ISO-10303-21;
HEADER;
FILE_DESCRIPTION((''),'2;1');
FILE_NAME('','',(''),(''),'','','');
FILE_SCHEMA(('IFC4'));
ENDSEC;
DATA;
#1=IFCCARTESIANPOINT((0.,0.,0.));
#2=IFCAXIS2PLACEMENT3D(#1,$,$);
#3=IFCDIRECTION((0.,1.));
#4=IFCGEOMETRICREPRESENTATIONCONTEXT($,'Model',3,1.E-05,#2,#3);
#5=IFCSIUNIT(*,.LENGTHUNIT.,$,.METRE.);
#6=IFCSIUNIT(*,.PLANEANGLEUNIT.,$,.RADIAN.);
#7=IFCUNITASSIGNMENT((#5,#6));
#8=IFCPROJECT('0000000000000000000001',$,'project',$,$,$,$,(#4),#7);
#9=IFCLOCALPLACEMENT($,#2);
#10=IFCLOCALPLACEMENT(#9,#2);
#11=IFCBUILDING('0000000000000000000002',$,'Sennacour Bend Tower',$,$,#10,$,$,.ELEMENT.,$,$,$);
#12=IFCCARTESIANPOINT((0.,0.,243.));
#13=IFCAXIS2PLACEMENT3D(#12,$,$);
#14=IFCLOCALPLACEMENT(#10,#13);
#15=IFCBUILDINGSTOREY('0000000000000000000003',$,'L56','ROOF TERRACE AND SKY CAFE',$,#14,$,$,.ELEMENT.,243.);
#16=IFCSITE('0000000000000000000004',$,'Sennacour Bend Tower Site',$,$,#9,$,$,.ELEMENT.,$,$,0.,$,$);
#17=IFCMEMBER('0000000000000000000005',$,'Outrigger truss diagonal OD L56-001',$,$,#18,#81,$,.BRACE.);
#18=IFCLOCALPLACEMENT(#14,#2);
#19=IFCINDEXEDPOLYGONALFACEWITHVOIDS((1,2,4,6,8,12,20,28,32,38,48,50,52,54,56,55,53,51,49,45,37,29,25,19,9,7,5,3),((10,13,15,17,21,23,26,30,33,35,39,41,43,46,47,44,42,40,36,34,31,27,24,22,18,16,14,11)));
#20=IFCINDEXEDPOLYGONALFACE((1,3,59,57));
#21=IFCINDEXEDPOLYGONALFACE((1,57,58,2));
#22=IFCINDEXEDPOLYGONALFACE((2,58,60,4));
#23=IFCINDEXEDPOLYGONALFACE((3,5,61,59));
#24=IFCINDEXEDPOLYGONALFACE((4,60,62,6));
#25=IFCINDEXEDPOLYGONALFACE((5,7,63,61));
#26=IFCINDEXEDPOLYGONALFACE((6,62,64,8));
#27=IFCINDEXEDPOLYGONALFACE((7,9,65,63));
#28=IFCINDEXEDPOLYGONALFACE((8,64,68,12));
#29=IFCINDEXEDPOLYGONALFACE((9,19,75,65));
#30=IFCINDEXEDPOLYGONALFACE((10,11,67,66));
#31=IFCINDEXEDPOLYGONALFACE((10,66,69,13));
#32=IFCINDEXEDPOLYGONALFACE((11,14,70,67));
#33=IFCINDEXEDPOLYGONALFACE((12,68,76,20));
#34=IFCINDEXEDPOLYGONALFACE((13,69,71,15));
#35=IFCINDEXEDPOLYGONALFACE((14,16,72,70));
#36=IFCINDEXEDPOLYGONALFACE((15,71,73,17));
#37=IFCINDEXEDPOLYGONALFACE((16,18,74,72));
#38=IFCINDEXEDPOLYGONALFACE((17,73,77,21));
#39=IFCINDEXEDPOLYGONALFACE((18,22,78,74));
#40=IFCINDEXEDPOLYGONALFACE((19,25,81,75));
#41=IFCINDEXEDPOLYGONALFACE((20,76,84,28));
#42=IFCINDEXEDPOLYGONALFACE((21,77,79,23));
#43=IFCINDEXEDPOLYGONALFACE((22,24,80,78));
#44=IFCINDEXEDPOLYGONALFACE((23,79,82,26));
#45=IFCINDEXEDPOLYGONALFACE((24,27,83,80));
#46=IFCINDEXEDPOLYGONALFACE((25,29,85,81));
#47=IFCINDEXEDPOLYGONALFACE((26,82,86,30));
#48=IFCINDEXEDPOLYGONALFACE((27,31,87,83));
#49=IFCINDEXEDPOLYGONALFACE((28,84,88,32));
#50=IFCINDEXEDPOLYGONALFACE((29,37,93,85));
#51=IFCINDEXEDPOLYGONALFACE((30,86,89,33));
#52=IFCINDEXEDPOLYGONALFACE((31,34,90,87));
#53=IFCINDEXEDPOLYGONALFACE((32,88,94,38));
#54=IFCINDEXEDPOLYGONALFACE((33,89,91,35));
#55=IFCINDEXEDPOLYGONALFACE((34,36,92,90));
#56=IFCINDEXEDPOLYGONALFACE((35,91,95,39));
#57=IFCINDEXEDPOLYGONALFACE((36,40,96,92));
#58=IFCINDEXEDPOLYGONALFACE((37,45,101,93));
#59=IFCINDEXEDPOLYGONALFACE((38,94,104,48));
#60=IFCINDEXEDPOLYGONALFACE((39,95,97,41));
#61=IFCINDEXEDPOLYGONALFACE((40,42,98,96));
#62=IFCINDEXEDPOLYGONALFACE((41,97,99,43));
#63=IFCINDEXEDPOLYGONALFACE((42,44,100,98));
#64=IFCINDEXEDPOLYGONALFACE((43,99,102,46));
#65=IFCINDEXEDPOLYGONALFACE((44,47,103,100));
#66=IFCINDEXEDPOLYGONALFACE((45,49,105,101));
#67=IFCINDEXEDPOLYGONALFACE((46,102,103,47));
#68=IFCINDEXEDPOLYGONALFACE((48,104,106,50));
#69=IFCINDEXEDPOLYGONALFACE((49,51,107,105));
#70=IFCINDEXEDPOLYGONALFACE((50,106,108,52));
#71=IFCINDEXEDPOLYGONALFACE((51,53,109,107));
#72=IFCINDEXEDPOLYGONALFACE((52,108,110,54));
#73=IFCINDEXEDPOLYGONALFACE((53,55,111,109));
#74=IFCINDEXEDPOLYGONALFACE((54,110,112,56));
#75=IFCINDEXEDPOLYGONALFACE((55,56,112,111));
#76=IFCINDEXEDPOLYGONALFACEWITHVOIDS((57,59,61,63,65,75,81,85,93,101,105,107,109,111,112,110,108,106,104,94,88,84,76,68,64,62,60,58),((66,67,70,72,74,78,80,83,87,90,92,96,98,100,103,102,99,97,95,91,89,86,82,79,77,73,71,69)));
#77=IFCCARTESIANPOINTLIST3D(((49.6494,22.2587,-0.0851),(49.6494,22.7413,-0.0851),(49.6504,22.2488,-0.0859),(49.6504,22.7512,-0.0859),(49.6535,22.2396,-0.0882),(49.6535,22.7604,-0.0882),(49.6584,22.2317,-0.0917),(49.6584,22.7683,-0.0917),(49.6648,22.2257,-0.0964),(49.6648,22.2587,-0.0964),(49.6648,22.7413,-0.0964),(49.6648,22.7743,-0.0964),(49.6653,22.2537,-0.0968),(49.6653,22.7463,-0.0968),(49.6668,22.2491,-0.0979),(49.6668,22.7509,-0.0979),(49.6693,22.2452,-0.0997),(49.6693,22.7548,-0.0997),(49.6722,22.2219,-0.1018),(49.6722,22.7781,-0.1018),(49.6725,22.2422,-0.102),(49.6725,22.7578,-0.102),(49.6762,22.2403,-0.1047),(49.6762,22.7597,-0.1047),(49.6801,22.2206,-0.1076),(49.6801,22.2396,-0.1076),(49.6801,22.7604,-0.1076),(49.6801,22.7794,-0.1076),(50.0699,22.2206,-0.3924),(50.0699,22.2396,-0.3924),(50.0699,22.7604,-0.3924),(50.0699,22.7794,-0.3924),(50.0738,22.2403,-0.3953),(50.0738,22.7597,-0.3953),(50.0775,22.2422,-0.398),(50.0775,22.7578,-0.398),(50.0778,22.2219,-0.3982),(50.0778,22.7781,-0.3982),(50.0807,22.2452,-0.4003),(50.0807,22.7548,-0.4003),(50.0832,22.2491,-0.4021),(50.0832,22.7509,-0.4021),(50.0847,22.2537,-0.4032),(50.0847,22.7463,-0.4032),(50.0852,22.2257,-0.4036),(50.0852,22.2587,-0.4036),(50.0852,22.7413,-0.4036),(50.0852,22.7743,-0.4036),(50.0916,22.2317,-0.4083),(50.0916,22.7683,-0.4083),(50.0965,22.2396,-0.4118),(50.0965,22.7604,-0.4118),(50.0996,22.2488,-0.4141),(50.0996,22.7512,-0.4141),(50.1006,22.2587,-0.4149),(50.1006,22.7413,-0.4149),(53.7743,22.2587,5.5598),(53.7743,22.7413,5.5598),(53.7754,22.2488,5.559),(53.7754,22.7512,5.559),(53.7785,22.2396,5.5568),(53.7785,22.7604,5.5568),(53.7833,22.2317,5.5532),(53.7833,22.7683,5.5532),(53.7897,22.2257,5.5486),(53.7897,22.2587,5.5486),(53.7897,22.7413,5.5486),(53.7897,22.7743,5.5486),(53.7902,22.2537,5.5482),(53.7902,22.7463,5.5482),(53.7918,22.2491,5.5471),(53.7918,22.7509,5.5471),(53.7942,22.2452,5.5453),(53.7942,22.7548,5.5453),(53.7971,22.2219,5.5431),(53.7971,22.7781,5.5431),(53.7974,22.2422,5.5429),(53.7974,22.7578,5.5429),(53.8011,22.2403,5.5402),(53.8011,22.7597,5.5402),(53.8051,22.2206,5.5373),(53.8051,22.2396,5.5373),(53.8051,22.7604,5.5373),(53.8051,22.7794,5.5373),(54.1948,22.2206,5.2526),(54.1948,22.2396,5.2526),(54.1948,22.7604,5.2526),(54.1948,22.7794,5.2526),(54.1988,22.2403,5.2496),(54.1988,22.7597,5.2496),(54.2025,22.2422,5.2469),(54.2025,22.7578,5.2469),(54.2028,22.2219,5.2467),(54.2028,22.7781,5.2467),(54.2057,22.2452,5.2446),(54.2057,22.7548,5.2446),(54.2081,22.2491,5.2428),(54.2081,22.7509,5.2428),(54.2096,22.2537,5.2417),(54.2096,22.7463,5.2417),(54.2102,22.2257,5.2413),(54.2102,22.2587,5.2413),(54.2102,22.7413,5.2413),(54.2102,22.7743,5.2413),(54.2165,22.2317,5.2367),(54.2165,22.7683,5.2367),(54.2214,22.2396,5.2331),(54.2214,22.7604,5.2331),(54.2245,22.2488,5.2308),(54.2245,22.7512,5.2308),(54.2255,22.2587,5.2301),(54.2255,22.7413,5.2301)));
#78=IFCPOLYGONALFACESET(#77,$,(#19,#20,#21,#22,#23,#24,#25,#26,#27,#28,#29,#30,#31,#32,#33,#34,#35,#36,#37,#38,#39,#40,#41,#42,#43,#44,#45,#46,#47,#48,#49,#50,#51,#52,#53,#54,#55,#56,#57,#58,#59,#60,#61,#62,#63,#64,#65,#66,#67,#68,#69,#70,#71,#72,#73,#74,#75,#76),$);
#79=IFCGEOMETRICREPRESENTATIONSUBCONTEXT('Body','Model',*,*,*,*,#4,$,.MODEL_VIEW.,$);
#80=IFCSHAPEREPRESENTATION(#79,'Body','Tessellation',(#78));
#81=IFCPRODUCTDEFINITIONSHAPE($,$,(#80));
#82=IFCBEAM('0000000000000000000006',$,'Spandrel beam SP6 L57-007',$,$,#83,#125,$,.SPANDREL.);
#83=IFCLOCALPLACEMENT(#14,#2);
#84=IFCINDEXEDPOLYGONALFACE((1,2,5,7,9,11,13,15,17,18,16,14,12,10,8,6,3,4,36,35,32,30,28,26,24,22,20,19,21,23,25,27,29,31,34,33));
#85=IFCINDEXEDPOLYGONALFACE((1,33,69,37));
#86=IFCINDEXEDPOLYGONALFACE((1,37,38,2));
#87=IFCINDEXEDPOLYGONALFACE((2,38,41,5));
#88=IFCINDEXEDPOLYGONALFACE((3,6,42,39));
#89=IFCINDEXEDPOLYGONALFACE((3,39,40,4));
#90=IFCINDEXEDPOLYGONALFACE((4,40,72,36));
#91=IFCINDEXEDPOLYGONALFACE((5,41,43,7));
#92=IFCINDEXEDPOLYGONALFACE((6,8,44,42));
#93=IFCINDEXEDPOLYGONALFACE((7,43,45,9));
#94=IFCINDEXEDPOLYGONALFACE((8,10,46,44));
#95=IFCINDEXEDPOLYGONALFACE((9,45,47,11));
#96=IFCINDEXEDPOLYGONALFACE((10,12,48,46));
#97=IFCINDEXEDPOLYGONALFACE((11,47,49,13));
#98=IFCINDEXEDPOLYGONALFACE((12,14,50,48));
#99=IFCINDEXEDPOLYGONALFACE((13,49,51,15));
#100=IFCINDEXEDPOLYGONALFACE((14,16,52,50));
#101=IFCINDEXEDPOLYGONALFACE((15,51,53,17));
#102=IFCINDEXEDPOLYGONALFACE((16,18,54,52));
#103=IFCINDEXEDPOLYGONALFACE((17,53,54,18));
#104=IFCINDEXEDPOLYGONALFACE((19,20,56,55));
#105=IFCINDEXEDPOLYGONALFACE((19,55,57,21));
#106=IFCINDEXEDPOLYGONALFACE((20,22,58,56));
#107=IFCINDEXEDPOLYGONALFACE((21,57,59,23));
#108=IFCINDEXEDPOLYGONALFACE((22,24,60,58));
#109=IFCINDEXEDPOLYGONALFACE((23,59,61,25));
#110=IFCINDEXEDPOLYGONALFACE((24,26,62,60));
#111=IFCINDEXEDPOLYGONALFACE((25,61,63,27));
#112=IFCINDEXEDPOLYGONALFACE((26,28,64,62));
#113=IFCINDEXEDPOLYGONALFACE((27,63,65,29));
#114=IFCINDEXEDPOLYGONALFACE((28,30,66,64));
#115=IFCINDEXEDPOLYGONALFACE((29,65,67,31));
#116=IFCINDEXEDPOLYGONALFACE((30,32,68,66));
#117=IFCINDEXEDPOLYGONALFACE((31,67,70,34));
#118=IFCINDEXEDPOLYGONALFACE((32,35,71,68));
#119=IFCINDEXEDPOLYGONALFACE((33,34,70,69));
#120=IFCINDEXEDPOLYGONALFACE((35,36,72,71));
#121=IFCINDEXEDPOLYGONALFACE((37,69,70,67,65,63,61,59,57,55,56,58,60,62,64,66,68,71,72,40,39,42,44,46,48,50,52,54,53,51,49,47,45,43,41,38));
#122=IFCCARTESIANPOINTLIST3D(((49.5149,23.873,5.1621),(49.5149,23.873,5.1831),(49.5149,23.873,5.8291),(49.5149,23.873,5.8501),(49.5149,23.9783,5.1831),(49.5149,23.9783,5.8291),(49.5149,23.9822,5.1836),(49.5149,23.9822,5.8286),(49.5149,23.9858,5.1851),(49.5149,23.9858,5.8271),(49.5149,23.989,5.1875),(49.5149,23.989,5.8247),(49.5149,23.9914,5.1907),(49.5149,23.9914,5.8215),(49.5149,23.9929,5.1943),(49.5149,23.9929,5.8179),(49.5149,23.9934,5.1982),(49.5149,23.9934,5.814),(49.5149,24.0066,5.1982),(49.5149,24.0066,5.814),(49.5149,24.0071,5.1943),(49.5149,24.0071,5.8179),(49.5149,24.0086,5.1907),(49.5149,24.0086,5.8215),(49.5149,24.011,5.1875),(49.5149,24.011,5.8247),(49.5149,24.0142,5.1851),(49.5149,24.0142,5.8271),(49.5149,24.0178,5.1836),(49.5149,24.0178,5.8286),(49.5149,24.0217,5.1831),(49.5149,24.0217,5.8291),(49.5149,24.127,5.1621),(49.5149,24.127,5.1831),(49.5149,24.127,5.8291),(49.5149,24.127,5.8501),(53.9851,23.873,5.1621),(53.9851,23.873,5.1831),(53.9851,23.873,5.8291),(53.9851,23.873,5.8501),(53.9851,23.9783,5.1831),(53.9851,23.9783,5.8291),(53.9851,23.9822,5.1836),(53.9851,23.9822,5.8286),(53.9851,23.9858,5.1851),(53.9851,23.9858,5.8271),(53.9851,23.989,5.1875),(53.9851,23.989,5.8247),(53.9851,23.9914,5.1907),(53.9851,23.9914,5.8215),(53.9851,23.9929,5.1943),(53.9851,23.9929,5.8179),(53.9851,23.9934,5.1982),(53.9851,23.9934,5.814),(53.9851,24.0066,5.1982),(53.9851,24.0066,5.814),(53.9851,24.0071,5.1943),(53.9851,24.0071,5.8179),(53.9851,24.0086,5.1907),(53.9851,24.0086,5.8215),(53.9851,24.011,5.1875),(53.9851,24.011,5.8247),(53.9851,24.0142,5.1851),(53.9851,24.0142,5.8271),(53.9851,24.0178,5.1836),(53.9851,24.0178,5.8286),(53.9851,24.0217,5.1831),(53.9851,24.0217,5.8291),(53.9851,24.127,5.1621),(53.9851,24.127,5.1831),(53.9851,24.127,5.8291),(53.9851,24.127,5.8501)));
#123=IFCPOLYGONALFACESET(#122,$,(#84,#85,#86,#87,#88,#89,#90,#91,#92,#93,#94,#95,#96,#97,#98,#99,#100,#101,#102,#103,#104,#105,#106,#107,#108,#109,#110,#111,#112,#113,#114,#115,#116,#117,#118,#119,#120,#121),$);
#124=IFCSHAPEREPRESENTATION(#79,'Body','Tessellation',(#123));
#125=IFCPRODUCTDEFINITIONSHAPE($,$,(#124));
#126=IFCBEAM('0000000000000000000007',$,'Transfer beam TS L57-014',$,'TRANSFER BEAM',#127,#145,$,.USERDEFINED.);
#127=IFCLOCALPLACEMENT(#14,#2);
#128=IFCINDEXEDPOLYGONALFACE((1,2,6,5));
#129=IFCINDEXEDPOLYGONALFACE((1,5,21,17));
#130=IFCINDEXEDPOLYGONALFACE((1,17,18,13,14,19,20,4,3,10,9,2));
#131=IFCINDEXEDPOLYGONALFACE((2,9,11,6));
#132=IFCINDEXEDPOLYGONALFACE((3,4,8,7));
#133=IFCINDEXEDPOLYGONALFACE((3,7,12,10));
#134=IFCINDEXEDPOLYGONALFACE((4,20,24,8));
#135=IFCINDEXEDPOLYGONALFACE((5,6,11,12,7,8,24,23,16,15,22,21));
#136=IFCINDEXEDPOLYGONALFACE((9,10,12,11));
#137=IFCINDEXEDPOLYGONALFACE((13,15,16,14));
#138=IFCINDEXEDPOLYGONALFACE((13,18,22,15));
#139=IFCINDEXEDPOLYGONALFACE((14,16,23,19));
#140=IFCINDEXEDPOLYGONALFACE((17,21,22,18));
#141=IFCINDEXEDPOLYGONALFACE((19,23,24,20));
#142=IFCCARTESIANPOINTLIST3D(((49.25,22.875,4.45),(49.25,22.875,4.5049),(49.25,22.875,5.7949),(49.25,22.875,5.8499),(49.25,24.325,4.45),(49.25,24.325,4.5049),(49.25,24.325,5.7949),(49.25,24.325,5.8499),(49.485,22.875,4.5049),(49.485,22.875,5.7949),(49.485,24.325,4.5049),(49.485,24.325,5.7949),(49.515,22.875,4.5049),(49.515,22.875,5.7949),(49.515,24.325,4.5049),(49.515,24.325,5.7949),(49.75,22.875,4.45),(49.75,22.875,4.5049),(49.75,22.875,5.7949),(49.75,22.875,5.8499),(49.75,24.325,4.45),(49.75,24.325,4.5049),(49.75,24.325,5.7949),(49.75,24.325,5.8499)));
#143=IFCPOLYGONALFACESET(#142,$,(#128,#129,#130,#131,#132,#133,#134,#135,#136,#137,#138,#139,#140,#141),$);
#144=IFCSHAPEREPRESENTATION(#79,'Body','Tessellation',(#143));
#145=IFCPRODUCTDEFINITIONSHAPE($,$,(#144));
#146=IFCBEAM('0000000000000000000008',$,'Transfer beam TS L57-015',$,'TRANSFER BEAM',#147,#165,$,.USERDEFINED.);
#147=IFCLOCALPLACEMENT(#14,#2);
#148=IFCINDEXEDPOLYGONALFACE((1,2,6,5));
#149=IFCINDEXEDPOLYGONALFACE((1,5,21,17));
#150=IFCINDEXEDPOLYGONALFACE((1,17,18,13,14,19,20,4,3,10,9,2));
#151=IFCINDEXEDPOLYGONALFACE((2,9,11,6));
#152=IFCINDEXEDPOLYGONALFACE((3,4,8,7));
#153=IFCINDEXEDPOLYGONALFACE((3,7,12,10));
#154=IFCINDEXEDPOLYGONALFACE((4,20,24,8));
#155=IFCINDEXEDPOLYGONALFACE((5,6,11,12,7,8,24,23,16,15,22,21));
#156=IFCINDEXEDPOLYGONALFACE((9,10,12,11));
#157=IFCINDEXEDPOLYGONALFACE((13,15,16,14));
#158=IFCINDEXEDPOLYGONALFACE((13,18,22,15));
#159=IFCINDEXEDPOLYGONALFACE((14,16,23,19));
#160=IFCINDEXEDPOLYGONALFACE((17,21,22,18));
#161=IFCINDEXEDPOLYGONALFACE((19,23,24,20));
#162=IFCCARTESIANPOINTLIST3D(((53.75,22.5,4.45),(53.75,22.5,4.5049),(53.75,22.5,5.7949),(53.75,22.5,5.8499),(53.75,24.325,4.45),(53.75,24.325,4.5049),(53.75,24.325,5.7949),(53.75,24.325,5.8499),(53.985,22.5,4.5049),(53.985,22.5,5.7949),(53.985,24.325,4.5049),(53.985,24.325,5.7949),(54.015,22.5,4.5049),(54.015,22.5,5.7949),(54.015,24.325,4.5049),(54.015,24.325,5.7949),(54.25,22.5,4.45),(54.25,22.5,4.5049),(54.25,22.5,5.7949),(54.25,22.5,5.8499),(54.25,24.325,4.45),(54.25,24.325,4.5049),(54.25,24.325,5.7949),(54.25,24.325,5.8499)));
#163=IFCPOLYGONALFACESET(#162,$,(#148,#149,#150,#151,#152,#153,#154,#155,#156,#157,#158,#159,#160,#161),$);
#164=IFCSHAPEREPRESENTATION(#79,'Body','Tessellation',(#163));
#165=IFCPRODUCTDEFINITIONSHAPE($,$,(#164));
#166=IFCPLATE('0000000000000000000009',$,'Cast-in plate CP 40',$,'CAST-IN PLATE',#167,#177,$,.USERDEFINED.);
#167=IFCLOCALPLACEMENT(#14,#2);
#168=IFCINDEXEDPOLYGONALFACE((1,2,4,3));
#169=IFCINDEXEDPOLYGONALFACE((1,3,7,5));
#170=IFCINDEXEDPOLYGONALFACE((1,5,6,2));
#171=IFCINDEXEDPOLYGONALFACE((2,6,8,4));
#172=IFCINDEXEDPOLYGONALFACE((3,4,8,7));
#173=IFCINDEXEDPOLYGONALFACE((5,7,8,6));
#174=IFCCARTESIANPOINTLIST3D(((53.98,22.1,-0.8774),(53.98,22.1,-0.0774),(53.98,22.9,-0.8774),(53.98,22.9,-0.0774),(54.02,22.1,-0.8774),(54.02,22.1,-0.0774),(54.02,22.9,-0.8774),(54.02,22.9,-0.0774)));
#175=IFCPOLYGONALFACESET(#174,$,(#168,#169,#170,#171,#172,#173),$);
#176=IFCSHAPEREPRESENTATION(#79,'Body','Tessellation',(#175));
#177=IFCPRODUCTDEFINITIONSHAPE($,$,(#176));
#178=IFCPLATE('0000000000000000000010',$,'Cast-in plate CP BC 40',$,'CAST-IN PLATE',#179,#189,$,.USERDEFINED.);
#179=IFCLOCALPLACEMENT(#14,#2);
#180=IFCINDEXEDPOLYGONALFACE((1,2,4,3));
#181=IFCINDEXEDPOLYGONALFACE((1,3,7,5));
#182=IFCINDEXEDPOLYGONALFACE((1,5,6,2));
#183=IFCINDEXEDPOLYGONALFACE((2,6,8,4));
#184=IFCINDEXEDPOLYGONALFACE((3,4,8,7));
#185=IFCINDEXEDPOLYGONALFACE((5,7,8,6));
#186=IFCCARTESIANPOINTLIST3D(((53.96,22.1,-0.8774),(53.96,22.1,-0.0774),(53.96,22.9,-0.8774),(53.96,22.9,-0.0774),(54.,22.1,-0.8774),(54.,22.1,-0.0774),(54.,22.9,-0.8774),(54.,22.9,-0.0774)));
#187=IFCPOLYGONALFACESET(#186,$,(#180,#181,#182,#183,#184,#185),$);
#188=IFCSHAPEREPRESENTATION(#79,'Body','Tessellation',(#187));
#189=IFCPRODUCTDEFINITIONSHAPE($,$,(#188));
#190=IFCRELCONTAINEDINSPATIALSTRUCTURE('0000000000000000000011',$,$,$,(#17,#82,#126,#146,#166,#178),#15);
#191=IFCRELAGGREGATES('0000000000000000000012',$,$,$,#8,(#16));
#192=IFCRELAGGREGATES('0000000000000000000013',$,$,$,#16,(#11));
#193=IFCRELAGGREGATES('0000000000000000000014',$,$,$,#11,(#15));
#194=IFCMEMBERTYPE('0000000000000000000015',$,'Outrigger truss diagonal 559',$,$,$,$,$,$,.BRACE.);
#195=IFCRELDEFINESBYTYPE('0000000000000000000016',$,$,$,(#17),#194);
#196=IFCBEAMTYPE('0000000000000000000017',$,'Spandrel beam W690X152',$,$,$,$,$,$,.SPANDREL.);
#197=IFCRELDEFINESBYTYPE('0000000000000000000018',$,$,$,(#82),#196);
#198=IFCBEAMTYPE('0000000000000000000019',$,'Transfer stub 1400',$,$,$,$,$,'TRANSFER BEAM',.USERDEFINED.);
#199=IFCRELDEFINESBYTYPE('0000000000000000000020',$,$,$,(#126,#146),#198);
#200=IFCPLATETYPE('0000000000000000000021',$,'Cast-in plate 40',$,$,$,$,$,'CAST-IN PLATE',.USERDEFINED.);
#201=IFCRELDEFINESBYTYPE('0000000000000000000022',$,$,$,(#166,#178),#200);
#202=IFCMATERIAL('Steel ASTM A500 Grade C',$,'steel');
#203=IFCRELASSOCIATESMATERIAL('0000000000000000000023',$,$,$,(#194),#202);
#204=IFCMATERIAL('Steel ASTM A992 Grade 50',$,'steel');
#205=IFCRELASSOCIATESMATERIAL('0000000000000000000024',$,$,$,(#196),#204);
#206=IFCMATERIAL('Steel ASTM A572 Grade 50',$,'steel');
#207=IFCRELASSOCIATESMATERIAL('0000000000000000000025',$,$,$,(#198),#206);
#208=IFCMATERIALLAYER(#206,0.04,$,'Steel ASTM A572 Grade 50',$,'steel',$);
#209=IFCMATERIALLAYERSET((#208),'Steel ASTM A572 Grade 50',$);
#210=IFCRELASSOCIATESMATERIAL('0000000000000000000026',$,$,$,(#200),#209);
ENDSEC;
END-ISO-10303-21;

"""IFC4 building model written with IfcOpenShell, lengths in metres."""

from ifc_helpers import new_model, si_unit, direction, frame, origin, origin_2d, place, context, subcontext, project, spatial, rectangle, hollow_rectangle, i_section, extrude, material, layer, layer_set, material_profile, profile_set, type_object, element, save


model = new_model("IFC4")

# Units and contexts
model_context = context("Model", 3, precision=1e-05, world=origin(), true_north=direction((0.0, 1.0)))
body_context = subcontext(model_context, "Body", "Model", "MODEL_VIEW")
ifc_project = project(units=[si_unit("LENGTHUNIT", "METRE"), si_unit("PLANEANGLEUNIT", "RADIAN")], contexts=[model_context])

# Site, building, storey
site_placement = place(None, origin())
site = spatial("IfcSite", under=ifc_project, at=site_placement, Name="Sennacour Bend Tower Site", CompositionType="ELEMENT", RefElevation=0.0)
building_placement = place(site_placement, origin())
building = spatial("IfcBuilding", under=site, at=building_placement, Name="Sennacour Bend Tower", CompositionType="ELEMENT")
storey_placement = place(building_placement, frame((0.0, 0.0, 243.0)))
storey = spatial("IfcBuildingStorey", under=building, at=storey_placement, Name="L56", Description="ROOF TERRACE AND SKY CAFE", CompositionType="ELEMENT", Elevation=243.0)

# Shared definitions
ifc_material_1 = material(Name="Steel ASTM A572 Grade 50", Category="steel")

# Shared definitions
ifc_material_2 = material(Name="Steel ASTM A992 Grade 50", Category="steel")

# Member
ifc_material_3 = material(Name="Steel ASTM A500 Grade C", Category="steel")
ifc_material_profile_1 = material_profile(ifc_material_3, hollow_rectangle(XDim=0.5588, YDim=0.5588, WallThickness=0.019, InnerFilletRadius=0.019, OuterFilletRadius=0.0381, at=origin_2d()), Name="Steel ASTM A500 Grade C", Category="steel")
ifc_profile_set_1 = profile_set([ifc_material_profile_1], Name="Steel ASTM A500 Grade C")
member_type_1 = type_object("IfcMemberType", Name="Outrigger truss diagonal 559", PredefinedType="BRACE", material=ifc_profile_set_1)
member_1_placement = place(storey_placement, frame((49.875, 22.5, -0.25), z_axis=(0.589997, 0.0, 0.807405), x_axis=(0.0, 1.0, 0.0)))
element("IfcMember", 1, at=member_1_placement, inside=storey, type_object=member_type_1, Name="Outrigger truss diagonal OD L56-001", PredefinedType="BRACE", context=body_context, shape_type="SweptSolid", body=[
    extrude(hollow_rectangle(XDim=0.5588, YDim=0.5588, WallThickness=0.019, InnerFilletRadius=0.019, OuterFilletRadius=0.0381, at=origin_2d()), origin(), (0.0, 0.0, 1.0), 6.9915),
])

# Beams
ifc_material_profile_2 = material_profile(ifc_material_2, i_section(OverallWidth=0.2539, OverallDepth=0.688, WebThickness=0.0132, FlangeThickness=0.021, FilletRadius=0.0151, at=origin_2d()), Name="Steel ASTM A992 Grade 50", Category="steel")
ifc_profile_set_2 = profile_set([ifc_material_profile_2], Name="Steel ASTM A992 Grade 50")
beam_type_1 = type_object("IfcBeamType", Name="Spandrel beam W690X152", PredefinedType="SPANDREL", material=ifc_profile_set_2)
beam_1_placement = place(storey_placement, frame((49.5149, 24.0, 5.5061), z_axis=(1.0, 0.0, 0.0), x_axis=(0.0, 1.0, 0.0)))
element("IfcBeam", 2, at=beam_1_placement, inside=storey, type_object=beam_type_1, Name="Spandrel beam SP6 L57-007", PredefinedType="SPANDREL", context=body_context, shape_type="SweptSolid", body=[
    extrude(i_section(OverallWidth=0.2539, OverallDepth=0.688, WebThickness=0.0132, FlangeThickness=0.021, FilletRadius=0.0151, at=origin_2d()), origin(), (0.0, 0.0, 1.0), 4.4702),
])
ifc_material_profile_3 = material_profile(ifc_material_1, i_section(OverallWidth=0.5, OverallDepth=1.3999, WebThickness=0.03, FlangeThickness=0.0549, at=origin_2d()), Name="Steel ASTM A572 Grade 50", Category="steel")
ifc_profile_set_3 = profile_set([ifc_material_profile_3], Name="Steel ASTM A572 Grade 50")
beam_type_2 = type_object("IfcBeamType", Name="Transfer stub 1400", ElementType="TRANSFER BEAM", PredefinedType="USERDEFINED", material=ifc_profile_set_3)
beam_2_placement = place(storey_placement, frame((49.5, 22.875, 5.1499), z_axis=(0.0, 1.0, 0.0), x_axis=(-1.0, 0.0, 0.0)))
element("IfcBeam", 3, at=beam_2_placement, inside=storey, type_object=beam_type_2, Name="Transfer beam TS L57-014", ObjectType="TRANSFER BEAM", PredefinedType="USERDEFINED", context=body_context, shape_type="SweptSolid", body=[
    extrude(i_section(OverallWidth=0.5, OverallDepth=1.3999, WebThickness=0.03, FlangeThickness=0.0549, at=origin_2d()), origin(), (0.0, 0.0, 1.0), 1.45),
])
beam_3_placement = place(storey_placement, frame((54.0, 22.5, 5.1499), z_axis=(0.0, 1.0, 0.0), x_axis=(-1.0, 0.0, 0.0)))
element("IfcBeam", 4, at=beam_3_placement, inside=storey, type_object=beam_type_2, Name="Transfer beam TS L57-015", ObjectType="TRANSFER BEAM", PredefinedType="USERDEFINED", context=body_context, shape_type="SweptSolid", body=[
    extrude(i_section(OverallWidth=0.5, OverallDepth=1.3999, WebThickness=0.03, FlangeThickness=0.0549, at=origin_2d()), origin(), (0.0, 0.0, 1.0), 1.825),
])

# Plates
ifc_layer_1 = layer(ifc_material_1, 0.04, Name="Steel ASTM A572 Grade 50", Category="steel")
ifc_layer_set_1 = layer_set([ifc_layer_1], Name="Steel ASTM A572 Grade 50")
plate_type = type_object("IfcPlateType", Name="Cast-in plate 40", ElementType="CAST-IN PLATE", PredefinedType="USERDEFINED", material=ifc_layer_set_1)
for number, where, z_axis, x_axis, name in (
    (5, (54.0, 22.5, -0.8774), (0.0, 0.0, 1.0), (1.0, 0.0, 0.0), "Cast-in plate CP 40"),
    (6, (53.98, 22.5, -0.8774), (0.0, 0.0, 1.0), (1.0, 0.0, 0.0), "Cast-in plate CP BC 40"),
):
    element("IfcPlate", number, at=place(storey_placement, frame(where, z_axis=z_axis, x_axis=x_axis)), inside=storey, type_object=plate_type, Name=name, ObjectType="CAST-IN PLATE", PredefinedType="USERDEFINED", context=body_context, shape_type="SweptSolid", body=[
        extrude(rectangle(XDim=0.04, YDim=0.8, at=origin_2d()), origin(), (0.0, 0.0, 1.0), 0.8),
    ])

save(model, "model.ifc")
